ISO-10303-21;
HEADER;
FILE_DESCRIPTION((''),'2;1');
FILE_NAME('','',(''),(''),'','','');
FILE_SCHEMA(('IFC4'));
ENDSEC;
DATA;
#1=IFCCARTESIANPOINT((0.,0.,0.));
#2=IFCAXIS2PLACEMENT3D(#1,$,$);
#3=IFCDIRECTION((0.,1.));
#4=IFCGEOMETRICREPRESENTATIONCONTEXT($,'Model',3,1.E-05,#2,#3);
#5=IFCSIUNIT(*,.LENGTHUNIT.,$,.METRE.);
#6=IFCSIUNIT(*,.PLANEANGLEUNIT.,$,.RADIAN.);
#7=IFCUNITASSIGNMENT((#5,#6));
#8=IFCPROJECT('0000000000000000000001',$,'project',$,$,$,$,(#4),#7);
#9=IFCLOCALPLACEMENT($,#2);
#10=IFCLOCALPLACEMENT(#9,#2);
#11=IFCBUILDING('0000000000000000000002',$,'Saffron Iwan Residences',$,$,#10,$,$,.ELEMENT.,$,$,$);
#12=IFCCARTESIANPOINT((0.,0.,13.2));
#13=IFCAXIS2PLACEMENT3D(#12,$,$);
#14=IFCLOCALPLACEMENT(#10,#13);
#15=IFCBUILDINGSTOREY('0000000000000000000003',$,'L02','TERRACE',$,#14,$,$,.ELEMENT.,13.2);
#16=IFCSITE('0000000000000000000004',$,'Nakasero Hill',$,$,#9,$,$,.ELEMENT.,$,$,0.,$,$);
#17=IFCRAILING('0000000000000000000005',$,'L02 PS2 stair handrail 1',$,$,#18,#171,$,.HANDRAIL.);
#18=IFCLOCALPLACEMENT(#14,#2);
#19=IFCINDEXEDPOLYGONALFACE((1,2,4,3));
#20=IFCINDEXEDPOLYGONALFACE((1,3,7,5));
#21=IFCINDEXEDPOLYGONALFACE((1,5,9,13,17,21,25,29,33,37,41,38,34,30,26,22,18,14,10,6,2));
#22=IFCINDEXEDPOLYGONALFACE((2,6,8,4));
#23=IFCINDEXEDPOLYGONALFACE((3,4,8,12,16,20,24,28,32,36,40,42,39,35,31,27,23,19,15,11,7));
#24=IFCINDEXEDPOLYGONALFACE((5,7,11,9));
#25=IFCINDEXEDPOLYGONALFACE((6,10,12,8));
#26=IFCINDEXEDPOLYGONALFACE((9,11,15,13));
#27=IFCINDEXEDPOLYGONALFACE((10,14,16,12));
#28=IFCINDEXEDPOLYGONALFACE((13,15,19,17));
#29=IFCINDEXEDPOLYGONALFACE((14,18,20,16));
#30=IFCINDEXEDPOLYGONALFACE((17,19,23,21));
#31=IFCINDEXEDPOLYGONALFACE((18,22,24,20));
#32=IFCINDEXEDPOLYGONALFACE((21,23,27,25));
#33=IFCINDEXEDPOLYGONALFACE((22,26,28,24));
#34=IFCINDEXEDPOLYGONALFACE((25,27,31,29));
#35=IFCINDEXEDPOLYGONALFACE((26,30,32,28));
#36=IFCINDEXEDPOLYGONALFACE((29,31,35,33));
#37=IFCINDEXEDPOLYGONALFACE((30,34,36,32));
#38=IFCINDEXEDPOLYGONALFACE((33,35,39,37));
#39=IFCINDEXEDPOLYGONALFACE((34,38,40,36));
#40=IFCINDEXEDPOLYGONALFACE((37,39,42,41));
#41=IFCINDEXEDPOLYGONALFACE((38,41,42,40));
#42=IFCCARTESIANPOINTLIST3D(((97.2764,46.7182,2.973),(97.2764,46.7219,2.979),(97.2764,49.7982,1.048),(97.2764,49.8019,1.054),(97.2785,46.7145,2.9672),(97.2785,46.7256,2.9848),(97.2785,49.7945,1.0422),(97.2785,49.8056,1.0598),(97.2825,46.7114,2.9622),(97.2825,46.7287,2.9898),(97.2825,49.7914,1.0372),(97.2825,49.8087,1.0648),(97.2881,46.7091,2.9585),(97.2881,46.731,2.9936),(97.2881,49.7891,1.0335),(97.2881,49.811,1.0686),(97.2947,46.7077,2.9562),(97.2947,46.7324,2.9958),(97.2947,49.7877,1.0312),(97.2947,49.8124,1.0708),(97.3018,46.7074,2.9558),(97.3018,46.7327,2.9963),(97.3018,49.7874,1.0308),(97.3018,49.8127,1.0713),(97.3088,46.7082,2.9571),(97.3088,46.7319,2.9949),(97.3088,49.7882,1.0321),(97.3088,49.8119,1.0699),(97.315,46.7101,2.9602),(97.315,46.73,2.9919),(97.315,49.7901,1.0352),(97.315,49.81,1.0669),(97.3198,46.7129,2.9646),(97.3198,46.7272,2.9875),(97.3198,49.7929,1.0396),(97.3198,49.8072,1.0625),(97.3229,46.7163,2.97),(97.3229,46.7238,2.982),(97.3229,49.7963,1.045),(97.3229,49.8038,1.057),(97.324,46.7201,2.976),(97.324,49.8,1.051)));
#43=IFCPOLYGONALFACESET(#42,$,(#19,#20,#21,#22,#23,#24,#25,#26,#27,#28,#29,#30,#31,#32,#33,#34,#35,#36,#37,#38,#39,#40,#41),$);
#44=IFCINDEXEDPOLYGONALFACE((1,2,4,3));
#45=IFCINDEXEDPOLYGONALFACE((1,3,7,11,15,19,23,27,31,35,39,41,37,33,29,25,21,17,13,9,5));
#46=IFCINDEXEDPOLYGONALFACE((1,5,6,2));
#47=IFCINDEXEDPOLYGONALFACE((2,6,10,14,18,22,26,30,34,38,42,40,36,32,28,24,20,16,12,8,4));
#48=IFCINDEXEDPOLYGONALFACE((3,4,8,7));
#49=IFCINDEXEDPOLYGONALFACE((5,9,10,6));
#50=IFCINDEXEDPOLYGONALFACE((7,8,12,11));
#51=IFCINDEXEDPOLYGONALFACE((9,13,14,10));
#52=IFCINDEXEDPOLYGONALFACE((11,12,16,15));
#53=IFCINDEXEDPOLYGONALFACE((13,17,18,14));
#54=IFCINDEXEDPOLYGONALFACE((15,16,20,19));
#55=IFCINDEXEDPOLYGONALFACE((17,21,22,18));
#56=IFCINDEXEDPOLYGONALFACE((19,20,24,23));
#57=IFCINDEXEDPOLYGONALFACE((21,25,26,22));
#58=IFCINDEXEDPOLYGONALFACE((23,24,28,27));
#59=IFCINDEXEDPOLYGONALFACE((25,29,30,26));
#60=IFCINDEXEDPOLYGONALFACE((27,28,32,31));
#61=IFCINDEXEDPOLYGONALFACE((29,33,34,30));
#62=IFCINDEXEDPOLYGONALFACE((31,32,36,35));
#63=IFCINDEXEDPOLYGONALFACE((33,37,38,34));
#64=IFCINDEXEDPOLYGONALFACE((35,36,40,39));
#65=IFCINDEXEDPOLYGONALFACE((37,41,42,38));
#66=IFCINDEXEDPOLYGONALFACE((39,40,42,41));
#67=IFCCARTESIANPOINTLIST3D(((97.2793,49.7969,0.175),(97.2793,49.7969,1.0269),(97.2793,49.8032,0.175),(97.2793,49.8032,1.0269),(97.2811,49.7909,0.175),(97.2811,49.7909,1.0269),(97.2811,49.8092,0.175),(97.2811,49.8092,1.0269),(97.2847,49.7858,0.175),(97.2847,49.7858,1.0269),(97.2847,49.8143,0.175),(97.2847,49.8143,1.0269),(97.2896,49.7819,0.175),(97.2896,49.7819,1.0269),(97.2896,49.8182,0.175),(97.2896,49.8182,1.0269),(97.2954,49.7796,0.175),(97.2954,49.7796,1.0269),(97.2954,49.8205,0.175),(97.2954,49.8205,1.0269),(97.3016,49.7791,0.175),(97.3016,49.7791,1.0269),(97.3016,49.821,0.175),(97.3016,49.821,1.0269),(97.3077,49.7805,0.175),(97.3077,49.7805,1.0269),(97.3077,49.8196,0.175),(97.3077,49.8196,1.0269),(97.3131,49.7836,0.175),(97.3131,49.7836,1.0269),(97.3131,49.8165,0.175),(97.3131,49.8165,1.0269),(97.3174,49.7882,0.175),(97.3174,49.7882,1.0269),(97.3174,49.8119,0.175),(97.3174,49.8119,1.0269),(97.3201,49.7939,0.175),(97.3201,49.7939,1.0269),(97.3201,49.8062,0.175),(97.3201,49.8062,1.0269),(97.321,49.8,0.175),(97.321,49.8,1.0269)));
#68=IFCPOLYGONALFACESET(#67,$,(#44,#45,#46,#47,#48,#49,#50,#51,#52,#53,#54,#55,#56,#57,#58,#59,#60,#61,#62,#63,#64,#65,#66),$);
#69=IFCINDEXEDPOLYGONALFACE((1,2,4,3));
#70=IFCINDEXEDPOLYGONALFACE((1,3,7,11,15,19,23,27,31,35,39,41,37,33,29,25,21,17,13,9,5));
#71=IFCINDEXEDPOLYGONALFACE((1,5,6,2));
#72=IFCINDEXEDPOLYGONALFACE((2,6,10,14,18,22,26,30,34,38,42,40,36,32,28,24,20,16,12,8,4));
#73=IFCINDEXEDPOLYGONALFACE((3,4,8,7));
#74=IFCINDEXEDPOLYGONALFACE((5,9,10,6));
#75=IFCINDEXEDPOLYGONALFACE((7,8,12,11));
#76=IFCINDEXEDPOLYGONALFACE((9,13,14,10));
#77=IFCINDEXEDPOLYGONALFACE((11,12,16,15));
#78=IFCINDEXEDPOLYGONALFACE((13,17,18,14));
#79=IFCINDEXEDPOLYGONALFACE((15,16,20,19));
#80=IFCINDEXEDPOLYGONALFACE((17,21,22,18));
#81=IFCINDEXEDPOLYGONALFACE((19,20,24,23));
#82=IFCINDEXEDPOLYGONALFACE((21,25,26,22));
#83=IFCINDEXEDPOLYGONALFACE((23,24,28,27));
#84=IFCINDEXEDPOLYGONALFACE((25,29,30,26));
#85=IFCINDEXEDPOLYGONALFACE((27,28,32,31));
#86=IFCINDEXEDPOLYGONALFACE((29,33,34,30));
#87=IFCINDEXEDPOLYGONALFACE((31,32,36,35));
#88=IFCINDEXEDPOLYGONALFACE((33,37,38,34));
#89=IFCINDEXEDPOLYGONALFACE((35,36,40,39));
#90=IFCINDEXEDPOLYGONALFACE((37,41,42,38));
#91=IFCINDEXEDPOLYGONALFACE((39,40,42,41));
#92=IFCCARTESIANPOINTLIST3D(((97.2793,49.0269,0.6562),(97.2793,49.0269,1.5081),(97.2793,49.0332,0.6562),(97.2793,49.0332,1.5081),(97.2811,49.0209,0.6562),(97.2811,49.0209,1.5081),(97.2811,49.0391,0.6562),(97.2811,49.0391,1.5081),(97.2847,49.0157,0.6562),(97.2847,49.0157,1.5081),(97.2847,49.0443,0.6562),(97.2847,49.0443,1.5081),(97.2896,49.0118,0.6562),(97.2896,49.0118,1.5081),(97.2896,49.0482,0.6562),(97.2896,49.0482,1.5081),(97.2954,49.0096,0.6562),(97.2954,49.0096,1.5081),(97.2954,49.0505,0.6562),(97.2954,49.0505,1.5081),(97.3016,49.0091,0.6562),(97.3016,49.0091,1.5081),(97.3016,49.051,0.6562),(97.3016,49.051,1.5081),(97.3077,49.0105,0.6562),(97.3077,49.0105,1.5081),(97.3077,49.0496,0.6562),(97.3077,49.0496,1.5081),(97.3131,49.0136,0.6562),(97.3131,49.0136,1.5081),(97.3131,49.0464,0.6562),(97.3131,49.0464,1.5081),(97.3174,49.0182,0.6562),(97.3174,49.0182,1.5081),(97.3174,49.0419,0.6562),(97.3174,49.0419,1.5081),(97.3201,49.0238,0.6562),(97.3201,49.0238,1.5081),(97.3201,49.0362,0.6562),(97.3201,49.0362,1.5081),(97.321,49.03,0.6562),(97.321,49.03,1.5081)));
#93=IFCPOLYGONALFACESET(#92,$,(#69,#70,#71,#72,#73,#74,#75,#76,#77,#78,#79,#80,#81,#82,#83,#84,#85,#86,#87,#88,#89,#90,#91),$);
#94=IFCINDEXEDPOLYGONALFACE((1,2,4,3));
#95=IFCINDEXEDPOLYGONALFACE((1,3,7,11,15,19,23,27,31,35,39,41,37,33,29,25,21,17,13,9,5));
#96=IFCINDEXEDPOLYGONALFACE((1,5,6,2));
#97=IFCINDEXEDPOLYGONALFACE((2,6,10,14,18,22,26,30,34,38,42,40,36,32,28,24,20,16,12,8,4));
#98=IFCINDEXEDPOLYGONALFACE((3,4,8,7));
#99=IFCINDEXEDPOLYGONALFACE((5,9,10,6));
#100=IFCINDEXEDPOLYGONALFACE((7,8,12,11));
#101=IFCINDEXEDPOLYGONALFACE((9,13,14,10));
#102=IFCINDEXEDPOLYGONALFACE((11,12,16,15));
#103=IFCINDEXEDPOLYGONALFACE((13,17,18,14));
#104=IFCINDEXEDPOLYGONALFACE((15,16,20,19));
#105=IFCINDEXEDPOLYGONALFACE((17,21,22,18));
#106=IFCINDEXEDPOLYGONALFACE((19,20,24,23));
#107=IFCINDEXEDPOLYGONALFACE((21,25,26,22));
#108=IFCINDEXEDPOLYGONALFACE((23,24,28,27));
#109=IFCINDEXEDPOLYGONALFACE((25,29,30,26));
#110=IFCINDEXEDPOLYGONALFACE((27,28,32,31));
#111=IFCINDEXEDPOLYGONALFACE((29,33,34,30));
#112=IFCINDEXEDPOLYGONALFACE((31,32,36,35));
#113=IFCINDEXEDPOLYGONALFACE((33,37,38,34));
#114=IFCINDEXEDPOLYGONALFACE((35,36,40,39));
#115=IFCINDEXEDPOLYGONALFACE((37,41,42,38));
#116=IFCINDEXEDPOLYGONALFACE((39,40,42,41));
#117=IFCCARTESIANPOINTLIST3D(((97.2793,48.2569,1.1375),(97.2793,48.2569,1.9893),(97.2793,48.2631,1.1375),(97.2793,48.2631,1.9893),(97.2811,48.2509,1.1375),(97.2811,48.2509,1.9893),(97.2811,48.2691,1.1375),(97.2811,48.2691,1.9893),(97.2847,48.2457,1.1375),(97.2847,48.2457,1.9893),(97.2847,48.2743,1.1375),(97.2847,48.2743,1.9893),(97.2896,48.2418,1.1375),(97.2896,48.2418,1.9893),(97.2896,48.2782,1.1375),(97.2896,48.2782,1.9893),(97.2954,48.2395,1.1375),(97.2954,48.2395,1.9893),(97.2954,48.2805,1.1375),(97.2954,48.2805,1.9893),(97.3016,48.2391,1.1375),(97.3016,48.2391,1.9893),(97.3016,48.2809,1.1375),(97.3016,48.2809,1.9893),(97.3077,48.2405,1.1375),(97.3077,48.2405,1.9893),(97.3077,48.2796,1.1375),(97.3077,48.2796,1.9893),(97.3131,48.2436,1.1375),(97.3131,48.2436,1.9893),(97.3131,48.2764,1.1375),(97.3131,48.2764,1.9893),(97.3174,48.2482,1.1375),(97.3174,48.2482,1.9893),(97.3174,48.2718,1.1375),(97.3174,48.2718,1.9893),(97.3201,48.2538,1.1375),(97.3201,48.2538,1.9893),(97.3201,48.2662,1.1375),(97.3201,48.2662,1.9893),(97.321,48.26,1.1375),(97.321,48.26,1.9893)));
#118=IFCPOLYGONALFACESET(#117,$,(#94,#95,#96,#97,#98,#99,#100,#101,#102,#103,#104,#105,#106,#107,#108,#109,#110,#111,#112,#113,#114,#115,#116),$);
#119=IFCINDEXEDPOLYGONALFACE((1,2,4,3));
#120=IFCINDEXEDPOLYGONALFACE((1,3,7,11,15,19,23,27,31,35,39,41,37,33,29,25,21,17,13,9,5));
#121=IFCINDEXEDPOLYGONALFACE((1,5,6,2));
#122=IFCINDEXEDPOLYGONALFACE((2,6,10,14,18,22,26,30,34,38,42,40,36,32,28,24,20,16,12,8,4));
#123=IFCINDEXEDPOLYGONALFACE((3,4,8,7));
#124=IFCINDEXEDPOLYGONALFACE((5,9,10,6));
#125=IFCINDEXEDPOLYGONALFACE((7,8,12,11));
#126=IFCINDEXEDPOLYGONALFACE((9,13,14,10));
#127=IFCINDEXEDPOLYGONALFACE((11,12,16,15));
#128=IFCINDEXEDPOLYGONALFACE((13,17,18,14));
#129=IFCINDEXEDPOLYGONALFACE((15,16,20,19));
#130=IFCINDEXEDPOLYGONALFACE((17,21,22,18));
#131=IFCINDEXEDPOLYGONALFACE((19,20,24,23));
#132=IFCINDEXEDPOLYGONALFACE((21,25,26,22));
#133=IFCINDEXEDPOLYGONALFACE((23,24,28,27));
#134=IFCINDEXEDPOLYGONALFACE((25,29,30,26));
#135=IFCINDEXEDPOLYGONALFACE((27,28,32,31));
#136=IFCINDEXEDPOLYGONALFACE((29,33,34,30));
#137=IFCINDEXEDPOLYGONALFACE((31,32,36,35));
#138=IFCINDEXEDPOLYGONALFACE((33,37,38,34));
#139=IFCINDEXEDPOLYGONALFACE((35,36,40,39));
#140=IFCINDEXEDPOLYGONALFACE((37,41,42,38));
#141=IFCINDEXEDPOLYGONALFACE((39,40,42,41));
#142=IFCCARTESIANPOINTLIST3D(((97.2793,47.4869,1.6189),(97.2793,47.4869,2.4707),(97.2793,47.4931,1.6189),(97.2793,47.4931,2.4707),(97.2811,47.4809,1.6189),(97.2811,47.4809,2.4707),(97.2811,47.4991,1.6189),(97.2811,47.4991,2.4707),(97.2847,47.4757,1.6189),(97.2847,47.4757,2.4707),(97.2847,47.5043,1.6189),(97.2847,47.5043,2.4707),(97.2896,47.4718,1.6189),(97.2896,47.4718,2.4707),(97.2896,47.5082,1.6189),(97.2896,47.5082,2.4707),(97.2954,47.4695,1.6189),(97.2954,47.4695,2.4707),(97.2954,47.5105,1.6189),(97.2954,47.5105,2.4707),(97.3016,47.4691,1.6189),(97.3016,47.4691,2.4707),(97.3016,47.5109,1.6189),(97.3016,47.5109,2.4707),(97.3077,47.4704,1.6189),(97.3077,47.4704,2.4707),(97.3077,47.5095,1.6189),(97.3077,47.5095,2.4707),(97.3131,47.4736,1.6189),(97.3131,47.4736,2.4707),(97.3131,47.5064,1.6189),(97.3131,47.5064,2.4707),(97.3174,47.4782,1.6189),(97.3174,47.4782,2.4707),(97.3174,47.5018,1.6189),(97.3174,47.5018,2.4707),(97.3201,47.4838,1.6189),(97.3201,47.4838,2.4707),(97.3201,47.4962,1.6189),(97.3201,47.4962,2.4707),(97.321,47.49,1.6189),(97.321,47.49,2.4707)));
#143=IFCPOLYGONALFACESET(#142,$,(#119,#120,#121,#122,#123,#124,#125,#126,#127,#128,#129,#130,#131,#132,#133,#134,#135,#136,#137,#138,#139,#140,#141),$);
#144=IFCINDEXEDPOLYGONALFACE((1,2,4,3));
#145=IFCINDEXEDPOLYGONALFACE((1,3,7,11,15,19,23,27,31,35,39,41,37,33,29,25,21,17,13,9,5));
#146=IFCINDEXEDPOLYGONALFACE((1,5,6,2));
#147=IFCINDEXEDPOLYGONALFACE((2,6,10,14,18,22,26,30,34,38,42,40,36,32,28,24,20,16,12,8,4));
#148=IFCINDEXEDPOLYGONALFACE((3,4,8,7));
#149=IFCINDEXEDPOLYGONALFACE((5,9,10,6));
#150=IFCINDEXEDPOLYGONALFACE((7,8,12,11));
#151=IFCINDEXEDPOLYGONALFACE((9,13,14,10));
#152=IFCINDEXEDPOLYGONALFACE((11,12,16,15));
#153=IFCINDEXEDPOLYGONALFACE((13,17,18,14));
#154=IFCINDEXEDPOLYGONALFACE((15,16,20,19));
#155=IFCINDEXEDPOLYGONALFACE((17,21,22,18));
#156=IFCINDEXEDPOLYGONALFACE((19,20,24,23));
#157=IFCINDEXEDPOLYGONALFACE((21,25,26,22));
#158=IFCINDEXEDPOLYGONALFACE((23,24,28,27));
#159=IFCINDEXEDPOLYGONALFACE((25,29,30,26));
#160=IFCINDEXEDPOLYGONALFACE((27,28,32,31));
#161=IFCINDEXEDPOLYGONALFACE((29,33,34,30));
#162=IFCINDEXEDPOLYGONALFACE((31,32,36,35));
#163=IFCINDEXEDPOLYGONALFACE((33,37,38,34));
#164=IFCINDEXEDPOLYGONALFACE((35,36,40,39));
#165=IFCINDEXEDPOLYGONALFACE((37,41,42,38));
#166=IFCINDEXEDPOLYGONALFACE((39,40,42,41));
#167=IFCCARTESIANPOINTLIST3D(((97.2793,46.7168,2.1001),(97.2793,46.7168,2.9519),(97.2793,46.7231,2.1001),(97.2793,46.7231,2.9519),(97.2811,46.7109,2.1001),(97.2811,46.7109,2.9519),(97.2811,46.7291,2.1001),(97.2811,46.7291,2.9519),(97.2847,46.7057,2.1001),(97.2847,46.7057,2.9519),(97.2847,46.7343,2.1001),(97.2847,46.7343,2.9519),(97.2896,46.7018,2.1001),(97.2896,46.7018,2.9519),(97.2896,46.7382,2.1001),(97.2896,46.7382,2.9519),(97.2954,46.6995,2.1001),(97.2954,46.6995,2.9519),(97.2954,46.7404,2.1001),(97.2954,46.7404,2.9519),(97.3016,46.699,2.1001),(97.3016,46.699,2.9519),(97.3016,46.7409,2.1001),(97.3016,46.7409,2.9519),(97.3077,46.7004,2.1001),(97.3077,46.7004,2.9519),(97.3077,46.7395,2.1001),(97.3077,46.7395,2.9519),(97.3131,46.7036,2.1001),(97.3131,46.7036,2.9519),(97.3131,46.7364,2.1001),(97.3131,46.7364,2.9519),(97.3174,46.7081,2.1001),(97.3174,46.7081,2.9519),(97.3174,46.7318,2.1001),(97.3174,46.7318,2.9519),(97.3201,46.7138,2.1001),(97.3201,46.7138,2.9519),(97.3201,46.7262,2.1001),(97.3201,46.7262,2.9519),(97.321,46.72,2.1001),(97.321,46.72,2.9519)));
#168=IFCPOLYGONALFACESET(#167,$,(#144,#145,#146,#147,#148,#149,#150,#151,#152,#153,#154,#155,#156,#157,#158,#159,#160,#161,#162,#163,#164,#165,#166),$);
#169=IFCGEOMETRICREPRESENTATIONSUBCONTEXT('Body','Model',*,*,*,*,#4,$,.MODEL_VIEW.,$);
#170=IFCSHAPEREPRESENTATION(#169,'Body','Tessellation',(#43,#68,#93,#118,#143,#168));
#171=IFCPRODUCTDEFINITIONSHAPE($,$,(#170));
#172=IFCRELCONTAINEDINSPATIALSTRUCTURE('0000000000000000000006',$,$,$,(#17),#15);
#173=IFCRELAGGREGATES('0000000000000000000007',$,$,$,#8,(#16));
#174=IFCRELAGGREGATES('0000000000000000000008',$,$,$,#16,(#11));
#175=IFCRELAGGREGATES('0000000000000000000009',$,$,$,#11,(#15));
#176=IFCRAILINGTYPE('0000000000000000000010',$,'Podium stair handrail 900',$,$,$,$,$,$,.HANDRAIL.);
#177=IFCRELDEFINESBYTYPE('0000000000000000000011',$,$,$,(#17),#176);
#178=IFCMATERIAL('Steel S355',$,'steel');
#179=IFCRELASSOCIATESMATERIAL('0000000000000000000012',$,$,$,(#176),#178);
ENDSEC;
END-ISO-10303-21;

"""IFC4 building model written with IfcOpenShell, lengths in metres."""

from ifc_helpers import new_model, si_unit, direction, frame, origin, origin_2d, place, context, subcontext, project, spatial, circle, extrude, material, type_object, element, save


model = new_model("IFC4")

# Units and contexts
model_context = context("Model", 3, precision=1e-05, world=origin(), true_north=direction((0.0, 1.0)))
body_context = subcontext(model_context, "Body", "Model", "MODEL_VIEW")
ifc_project = project(units=[si_unit("LENGTHUNIT", "METRE"), si_unit("PLANEANGLEUNIT", "RADIAN")], contexts=[model_context])

# Site, building, storey
site_placement = place(None, origin())
site = spatial("IfcSite", under=ifc_project, at=site_placement, Name="Nakasero Hill", CompositionType="ELEMENT", RefElevation=0.0)
building_placement = place(site_placement, origin())
building = spatial("IfcBuilding", under=site, at=building_placement, Name="Saffron Iwan Residences", CompositionType="ELEMENT")
storey_placement = place(building_placement, frame((0.0, 0.0, 13.2)))
storey = spatial("IfcBuildingStorey", under=building, at=storey_placement, Name="L02", Description="TERRACE", CompositionType="ELEMENT", Elevation=13.2)

# Railing
ifc_material_1 = material(Name="Steel S355", Category="steel")
railing_type_1 = type_object("IfcRailingType", Name="Podium stair handrail 900", PredefinedType="HANDRAIL", material=ifc_material_1)
railing_1_placement = place(storey_placement, frame((97.3, 49.8, 0.175)))
element("IfcRailing", 1, at=railing_1_placement, inside=storey, type_object=railing_type_1, Name="L02 PS2 stair handrail 1", PredefinedType="HANDRAIL", context=body_context, shape_type="SweptSolid", body=[
    extrude(circle(Radius=0.0239, at=origin_2d()), frame((0.0, 0.0, 0.876), z_axis=(0.0, -0.847998, 0.529999), x_axis=(1.0, 0.0, 0.0)), (0.0, 0.0, 1.0), 3.6321),
    extrude(circle(Radius=0.021, at=origin_2d()), origin(), (0.0, 0.0, 1.0), 0.8518),
    extrude(circle(Radius=0.021, at=origin_2d()), frame((0.0, -0.77, 0.4812)), (0.0, 0.0, 1.0), 0.8518),
    extrude(circle(Radius=0.021, at=origin_2d()), frame((0.0, -1.54, 0.9624)), (0.0, 0.0, 1.0), 0.8518),
    extrude(circle(Radius=0.021, at=origin_2d()), frame((0.0, -2.3101, 1.4438)), (0.0, 0.0, 1.0), 0.8518),
    extrude(circle(Radius=0.021, at=origin_2d()), frame((0.0, -3.0801, 1.925)), (0.0, 0.0, 1.0), 0.8518),
])

save(model, "model.ifc")
